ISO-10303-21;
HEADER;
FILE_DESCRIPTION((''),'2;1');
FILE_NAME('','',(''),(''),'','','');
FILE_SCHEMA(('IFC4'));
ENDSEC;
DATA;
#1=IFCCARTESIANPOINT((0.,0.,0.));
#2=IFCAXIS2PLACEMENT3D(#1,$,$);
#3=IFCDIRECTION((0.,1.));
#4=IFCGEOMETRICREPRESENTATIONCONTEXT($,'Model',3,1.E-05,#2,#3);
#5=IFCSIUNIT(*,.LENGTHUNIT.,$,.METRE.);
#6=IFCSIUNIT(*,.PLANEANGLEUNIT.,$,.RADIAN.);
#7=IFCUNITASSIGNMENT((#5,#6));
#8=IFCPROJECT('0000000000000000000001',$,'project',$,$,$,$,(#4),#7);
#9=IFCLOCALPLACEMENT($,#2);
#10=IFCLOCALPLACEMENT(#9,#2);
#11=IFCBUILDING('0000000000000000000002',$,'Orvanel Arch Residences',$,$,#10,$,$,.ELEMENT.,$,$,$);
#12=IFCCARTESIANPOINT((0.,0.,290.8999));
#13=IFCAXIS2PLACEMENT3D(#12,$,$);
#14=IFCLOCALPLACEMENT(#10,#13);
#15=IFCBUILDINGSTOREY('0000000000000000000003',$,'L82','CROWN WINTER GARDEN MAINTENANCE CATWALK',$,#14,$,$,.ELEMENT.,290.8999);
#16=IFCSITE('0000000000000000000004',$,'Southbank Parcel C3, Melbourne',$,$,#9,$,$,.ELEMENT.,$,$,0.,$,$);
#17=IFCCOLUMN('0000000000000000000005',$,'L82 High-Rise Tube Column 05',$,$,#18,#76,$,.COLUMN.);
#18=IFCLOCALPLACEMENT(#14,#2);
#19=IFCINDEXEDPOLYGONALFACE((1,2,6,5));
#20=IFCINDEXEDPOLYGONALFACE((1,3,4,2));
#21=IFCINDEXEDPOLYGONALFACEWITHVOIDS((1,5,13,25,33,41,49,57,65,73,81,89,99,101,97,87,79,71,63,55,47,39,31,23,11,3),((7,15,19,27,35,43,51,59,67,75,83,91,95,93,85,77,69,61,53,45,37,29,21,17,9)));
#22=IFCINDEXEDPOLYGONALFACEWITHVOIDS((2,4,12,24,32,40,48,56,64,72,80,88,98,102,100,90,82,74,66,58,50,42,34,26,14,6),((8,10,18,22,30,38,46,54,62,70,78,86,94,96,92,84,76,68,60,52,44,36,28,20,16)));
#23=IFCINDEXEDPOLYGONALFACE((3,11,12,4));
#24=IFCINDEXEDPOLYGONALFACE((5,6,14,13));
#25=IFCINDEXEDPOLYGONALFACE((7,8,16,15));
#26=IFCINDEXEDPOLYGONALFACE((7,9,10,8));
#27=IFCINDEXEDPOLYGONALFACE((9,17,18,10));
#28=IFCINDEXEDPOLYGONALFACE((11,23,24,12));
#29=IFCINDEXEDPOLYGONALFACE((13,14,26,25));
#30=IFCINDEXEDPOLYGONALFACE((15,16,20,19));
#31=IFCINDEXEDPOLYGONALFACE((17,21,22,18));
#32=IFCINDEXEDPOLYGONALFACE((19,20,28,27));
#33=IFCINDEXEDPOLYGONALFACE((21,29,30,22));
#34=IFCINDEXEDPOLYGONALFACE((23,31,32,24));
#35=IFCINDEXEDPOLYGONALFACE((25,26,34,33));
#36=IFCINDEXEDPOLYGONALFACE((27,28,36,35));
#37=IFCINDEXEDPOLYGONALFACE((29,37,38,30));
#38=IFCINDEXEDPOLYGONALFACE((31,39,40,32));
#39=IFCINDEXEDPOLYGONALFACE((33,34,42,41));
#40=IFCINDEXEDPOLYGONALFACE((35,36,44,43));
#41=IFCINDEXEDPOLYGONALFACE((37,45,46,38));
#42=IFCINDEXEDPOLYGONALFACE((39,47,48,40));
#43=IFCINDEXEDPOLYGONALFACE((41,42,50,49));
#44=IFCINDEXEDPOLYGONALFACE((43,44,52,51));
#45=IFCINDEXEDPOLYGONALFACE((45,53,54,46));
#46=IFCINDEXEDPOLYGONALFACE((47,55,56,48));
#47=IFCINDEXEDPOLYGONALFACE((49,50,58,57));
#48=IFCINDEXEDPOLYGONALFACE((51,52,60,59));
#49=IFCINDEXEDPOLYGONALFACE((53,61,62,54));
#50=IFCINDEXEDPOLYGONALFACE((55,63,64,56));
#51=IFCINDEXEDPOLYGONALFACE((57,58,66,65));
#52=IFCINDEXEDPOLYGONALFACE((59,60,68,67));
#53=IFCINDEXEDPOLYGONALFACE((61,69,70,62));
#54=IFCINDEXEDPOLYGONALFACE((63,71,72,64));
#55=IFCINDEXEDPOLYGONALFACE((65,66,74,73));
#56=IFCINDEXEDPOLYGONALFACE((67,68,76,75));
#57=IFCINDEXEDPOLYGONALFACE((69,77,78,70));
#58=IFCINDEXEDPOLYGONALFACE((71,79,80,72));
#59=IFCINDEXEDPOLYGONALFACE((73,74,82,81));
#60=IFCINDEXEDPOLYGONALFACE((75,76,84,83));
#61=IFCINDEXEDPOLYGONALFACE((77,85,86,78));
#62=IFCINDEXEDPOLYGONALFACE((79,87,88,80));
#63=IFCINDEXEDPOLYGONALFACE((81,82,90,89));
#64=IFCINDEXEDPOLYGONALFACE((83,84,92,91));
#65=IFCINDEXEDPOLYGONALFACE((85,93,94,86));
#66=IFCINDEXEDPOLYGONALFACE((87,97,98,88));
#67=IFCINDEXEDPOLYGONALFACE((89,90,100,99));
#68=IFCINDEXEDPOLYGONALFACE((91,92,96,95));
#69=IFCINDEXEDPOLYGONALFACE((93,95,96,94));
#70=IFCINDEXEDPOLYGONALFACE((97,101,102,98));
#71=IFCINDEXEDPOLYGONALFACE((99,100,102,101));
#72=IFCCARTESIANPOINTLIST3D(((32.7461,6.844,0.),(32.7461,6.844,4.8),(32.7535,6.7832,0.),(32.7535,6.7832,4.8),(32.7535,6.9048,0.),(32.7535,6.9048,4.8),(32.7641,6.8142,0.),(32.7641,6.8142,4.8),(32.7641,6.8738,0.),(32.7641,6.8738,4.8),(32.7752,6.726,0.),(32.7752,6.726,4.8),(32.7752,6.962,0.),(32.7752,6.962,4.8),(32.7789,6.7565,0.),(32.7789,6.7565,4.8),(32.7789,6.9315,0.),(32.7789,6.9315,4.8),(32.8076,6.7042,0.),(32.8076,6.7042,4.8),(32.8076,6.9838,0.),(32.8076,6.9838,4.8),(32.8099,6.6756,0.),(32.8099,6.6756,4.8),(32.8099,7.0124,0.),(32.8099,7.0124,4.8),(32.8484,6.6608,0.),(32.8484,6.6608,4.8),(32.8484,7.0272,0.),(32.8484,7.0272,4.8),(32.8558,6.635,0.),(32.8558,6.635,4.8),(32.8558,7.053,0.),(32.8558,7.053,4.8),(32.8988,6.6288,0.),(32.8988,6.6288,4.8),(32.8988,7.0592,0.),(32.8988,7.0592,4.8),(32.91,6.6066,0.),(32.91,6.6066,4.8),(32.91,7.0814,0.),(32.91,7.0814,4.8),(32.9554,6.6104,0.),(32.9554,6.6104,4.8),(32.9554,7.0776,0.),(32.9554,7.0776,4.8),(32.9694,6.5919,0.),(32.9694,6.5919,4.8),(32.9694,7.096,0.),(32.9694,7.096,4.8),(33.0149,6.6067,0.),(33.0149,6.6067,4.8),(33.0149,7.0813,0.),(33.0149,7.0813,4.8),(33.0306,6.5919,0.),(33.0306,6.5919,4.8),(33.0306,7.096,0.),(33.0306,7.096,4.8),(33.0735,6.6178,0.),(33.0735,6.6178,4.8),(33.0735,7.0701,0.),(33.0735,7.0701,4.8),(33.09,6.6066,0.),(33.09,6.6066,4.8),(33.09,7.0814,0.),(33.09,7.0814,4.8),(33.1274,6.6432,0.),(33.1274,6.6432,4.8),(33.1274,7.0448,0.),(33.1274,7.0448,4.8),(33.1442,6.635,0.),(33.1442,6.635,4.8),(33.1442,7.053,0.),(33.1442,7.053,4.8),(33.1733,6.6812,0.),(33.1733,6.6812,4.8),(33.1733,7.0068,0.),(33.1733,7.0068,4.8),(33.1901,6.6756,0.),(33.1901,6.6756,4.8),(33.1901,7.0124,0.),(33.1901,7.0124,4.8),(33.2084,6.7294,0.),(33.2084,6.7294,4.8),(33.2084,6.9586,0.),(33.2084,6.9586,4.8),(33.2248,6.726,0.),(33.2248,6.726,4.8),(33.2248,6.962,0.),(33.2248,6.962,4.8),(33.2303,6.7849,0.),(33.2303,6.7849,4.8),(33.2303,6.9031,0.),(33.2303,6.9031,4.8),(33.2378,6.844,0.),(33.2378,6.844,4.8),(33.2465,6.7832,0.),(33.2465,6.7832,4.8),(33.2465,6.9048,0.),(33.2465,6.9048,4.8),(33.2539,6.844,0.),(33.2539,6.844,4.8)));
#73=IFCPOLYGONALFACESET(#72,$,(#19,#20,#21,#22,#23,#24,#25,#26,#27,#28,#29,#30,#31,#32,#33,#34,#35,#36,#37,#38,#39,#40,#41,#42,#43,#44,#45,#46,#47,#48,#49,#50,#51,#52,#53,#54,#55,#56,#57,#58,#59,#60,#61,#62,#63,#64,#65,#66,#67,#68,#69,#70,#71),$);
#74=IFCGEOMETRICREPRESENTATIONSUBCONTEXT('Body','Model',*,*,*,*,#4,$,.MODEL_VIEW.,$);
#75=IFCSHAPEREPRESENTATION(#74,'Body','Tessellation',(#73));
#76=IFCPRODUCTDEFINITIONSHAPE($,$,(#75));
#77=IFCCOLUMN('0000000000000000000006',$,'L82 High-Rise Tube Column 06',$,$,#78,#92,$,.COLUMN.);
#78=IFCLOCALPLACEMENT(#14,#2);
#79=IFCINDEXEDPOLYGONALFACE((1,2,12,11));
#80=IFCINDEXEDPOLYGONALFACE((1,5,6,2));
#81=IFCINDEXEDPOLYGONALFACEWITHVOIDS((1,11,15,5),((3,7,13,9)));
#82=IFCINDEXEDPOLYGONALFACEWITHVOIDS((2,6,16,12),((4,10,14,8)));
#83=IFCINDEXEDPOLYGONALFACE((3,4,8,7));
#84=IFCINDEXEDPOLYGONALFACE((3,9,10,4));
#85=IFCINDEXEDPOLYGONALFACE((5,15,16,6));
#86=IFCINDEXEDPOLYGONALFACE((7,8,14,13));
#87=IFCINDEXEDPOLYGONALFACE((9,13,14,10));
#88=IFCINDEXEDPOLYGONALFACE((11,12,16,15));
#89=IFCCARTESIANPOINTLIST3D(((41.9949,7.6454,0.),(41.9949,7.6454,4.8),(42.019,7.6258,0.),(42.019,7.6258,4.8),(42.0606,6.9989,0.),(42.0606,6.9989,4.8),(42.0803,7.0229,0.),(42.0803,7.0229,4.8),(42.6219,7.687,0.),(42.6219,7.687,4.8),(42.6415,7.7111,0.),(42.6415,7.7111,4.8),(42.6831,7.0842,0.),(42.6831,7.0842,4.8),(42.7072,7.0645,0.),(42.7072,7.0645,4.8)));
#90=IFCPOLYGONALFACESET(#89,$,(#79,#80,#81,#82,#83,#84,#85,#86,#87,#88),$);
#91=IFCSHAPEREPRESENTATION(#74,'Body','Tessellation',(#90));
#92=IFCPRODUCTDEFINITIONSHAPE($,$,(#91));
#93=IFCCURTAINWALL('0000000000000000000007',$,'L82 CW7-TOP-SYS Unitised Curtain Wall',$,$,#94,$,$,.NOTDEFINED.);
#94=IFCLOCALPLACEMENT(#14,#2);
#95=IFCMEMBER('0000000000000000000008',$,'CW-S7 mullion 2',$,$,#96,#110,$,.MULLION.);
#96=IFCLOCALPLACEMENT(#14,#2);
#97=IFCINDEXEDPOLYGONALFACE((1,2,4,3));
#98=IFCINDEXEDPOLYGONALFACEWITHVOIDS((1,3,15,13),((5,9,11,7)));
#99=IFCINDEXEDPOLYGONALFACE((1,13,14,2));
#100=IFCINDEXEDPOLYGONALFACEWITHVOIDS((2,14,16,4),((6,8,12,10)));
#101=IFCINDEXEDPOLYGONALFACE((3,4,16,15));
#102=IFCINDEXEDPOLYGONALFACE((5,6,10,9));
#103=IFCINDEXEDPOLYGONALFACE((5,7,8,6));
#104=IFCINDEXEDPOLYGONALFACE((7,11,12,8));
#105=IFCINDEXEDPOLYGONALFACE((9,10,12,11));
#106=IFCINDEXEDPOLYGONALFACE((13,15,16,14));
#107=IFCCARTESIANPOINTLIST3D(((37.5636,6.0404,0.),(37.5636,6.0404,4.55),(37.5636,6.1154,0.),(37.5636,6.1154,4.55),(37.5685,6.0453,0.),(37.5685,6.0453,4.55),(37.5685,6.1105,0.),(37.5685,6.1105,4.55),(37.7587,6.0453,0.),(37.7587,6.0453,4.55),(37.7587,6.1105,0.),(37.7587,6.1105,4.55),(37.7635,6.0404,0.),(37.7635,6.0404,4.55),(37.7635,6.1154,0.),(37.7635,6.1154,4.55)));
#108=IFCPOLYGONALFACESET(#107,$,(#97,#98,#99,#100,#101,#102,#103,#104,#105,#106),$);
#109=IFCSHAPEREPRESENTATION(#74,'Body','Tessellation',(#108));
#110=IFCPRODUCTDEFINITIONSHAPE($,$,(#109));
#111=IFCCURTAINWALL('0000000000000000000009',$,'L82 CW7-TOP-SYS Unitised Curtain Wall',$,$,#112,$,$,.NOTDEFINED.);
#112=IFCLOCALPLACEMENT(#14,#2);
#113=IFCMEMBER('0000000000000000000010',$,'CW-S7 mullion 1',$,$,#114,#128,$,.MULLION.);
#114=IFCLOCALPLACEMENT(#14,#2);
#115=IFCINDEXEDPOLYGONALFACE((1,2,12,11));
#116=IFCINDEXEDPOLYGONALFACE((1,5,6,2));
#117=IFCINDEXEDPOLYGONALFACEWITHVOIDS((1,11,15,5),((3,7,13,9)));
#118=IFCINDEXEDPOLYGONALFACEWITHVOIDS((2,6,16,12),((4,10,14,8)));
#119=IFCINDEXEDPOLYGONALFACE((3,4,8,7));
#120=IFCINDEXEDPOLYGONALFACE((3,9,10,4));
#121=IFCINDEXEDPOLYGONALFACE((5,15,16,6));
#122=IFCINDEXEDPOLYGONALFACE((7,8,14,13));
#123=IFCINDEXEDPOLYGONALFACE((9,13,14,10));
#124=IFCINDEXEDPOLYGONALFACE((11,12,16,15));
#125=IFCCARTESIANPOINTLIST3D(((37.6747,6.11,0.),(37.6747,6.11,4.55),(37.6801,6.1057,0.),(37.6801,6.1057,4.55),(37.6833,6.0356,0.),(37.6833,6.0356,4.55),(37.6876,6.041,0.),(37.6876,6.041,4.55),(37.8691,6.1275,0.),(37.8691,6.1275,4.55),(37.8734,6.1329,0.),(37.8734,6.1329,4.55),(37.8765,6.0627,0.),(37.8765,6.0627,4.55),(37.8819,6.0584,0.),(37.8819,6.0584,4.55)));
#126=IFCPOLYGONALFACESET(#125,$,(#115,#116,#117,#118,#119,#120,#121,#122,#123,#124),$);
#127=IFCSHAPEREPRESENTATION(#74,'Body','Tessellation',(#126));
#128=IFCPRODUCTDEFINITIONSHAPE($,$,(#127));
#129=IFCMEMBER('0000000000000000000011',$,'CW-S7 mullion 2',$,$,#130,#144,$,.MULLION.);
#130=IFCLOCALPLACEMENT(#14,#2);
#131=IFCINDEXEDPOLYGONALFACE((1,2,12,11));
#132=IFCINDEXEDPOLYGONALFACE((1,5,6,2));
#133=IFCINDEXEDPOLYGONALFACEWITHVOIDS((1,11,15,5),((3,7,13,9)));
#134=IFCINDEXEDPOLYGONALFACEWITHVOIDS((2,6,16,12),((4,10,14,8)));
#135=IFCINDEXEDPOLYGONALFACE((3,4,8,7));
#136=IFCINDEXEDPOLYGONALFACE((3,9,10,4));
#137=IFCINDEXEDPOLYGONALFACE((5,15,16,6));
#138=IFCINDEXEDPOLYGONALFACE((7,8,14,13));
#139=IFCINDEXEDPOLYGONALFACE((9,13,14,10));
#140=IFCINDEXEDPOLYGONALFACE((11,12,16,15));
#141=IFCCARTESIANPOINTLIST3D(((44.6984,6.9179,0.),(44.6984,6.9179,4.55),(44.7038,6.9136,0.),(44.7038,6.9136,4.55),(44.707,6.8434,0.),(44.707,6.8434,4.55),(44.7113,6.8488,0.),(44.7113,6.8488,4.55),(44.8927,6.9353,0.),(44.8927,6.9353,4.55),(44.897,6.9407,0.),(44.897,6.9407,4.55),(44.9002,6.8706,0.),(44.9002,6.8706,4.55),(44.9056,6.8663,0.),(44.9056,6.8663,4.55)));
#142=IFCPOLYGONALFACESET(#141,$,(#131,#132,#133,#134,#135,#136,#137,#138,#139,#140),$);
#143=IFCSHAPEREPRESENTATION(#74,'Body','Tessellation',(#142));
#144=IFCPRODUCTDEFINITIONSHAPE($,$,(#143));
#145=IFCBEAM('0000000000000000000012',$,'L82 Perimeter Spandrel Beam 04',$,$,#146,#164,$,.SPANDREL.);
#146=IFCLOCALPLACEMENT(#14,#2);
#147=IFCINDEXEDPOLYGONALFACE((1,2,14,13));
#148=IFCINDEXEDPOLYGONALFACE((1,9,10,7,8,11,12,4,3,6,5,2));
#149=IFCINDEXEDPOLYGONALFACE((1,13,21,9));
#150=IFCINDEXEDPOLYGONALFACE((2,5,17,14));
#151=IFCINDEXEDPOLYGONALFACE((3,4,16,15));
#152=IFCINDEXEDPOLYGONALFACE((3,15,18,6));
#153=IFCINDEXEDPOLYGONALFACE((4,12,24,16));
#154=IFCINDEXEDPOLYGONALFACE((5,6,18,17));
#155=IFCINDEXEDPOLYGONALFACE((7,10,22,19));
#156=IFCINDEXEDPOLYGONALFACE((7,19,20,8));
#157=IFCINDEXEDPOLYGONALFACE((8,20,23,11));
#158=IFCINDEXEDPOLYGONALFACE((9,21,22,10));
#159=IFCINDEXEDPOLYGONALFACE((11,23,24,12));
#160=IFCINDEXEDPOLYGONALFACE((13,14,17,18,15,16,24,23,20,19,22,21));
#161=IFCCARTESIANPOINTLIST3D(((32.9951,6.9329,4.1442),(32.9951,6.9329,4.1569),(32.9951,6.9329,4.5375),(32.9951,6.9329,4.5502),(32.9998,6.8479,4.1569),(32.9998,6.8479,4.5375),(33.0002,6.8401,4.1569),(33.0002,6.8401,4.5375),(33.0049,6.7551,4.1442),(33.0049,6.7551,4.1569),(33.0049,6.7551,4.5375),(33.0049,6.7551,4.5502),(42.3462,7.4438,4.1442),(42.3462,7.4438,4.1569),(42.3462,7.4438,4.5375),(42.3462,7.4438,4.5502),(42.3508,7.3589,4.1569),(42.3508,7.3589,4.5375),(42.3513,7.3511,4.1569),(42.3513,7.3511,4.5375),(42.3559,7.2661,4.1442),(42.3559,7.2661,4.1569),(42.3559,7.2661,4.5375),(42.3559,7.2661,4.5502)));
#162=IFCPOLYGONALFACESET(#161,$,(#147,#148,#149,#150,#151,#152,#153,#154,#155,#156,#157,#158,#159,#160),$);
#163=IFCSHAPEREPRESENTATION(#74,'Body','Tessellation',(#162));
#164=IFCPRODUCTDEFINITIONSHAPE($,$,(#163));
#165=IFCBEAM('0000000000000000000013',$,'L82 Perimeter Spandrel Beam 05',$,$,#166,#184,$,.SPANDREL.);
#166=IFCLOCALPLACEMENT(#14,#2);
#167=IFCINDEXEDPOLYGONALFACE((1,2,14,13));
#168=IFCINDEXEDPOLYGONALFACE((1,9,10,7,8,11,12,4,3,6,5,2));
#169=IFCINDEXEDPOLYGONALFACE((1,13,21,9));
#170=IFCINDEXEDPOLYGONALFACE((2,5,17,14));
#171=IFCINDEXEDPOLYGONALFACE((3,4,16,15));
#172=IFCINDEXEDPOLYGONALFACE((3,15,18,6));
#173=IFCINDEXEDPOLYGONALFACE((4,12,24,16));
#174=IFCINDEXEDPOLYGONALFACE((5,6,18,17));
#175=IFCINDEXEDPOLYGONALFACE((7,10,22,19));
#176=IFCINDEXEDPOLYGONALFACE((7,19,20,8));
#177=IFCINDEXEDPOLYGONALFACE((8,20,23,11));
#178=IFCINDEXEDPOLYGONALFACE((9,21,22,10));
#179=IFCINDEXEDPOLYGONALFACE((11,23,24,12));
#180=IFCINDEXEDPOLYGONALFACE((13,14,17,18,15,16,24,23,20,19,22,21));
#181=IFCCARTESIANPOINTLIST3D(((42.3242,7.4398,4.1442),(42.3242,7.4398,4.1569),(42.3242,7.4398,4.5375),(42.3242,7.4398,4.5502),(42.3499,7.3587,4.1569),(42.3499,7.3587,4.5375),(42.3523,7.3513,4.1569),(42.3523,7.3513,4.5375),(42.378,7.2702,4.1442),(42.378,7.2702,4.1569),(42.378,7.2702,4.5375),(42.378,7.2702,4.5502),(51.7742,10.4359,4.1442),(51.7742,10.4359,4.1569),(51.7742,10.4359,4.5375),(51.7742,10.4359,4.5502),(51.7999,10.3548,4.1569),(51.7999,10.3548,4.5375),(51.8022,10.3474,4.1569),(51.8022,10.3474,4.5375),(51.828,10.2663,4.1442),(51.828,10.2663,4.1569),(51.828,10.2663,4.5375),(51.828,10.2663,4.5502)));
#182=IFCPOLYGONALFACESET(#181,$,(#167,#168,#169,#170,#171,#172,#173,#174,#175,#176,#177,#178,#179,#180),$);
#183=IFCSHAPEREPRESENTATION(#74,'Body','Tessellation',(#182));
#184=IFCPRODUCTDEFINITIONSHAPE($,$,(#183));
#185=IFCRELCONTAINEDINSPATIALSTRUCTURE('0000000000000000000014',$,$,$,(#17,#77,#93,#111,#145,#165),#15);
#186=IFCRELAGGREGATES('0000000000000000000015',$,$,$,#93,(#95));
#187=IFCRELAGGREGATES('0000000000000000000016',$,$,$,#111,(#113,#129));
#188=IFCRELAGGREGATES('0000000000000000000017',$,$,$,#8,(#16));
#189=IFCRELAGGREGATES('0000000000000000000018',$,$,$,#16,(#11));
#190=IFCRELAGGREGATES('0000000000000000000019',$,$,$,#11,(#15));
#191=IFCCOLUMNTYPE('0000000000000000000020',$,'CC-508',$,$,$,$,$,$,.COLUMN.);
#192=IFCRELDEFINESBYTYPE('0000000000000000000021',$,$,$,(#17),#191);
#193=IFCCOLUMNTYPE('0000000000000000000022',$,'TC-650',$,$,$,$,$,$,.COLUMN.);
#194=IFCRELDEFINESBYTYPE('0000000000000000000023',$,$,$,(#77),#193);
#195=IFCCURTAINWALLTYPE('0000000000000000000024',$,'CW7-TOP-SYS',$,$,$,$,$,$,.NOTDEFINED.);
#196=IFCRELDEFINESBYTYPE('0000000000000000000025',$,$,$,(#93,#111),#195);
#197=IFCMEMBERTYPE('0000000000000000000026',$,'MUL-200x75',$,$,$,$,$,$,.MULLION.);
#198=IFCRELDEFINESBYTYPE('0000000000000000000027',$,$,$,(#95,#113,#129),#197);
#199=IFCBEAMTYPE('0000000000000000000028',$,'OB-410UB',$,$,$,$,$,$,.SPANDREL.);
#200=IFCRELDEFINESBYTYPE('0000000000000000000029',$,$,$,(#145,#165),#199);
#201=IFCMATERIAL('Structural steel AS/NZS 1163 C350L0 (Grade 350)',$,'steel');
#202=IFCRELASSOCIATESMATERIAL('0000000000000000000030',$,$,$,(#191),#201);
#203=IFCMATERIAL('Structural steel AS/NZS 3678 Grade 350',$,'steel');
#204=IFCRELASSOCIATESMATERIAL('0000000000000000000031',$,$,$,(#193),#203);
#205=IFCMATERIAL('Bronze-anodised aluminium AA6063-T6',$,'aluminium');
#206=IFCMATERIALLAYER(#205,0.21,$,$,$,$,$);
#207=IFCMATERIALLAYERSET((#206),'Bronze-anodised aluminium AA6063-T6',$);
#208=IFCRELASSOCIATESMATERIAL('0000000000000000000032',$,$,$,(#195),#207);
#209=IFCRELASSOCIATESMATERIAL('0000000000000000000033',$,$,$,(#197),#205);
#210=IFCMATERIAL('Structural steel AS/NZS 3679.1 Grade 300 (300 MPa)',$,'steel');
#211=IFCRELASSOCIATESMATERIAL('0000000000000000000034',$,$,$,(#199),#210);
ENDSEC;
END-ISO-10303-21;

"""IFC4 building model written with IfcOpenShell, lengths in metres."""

from ifc_helpers import new_model, si_unit, direction, frame, origin, origin_2d, place, context, subcontext, project, spatial, hollow_rectangle, hollow_circle, i_section, extrude, material, layer, layer_set, material_profile, profile_set, type_object, element, aggregate, save


model = new_model("IFC4")

# Units and contexts
model_context = context("Model", 3, precision=1e-05, world=origin(), true_north=direction((0.0, 1.0)))
body_context = subcontext(model_context, "Body", "Model", "MODEL_VIEW")
ifc_project = project(units=[si_unit("LENGTHUNIT", "METRE"), si_unit("PLANEANGLEUNIT", "RADIAN")], contexts=[model_context])

# Site, building, storey
site_placement = place(None, origin())
site = spatial("IfcSite", under=ifc_project, at=site_placement, Name="Southbank Parcel C3, Melbourne", CompositionType="ELEMENT", RefElevation=0.0)
building_placement = place(site_placement, origin())
building = spatial("IfcBuilding", under=site, at=building_placement, Name="Orvanel Arch Residences", CompositionType="ELEMENT")
storey_placement = place(building_placement, frame((0.0, 0.0, 290.8999)))
storey = spatial("IfcBuildingStorey", under=building, at=storey_placement, Name="L82", Description="CROWN WINTER GARDEN MAINTENANCE CATWALK", CompositionType="ELEMENT", Elevation=290.8999)

# Columns
ifc_material_1 = material(Name="Structural steel AS/NZS 1163 C350L0 (Grade 350)", Category="steel")
ifc_material_profile_1 = material_profile(ifc_material_1, hollow_circle(Radius=0.2539, WallThickness=0.0161, at=origin_2d()), Name="CHS508x16")
ifc_profile_set_1 = profile_set([ifc_material_profile_1], Name="Structural steel AS/NZS 1163 C350L0 (Grade 350)")
column_type_1 = type_object("IfcColumnType", Name="CC-508", PredefinedType="COLUMN", material=ifc_profile_set_1)
column_1_placement = place(storey_placement, frame((33.0, 6.844, 0.0), z_axis=(0.0, 0.0, 1.0), x_axis=(1.0, 0.0, 0.0)))
element("IfcColumn", 1, at=column_1_placement, inside=storey, type_object=column_type_1, Name="L82 High-Rise Tube Column 05", PredefinedType="COLUMN", context=body_context, shape_type="SweptSolid", body=[
    extrude(hollow_circle(Radius=0.2539, WallThickness=0.0161, at=origin_2d()), origin(), (0.0, 0.0, 1.0), 4.8),
])
ifc_material_2 = material(Name="Structural steel AS/NZS 3678 Grade 350", Category="steel")
ifc_material_profile_2 = material_profile(ifc_material_2, hollow_rectangle(XDim=0.6499, YDim=0.6499, WallThickness=0.022, at=origin_2d()), Name="BOX650x650x22")
ifc_profile_set_2 = profile_set([ifc_material_profile_2], Name="Structural steel AS/NZS 3678 Grade 350")
column_type_2 = type_object("IfcColumnType", Name="TC-650", PredefinedType="COLUMN", material=ifc_profile_set_2)
column_2_placement = place(storey_placement, frame((42.3511, 7.355, 0.0), z_axis=(0.0, 0.0, 1.0), x_axis=(0.994881, 0.101056, 0.0)))
element("IfcColumn", 2, at=column_2_placement, inside=storey, type_object=column_type_2, Name="L82 High-Rise Tube Column 06", PredefinedType="COLUMN", context=body_context, shape_type="SweptSolid", body=[
    extrude(hollow_rectangle(XDim=0.6499, YDim=0.6499, WallThickness=0.022, at=origin_2d()), origin(), (0.0, 0.0, 1.0), 4.8),
])

# Curtain wall, member
ifc_material_3 = material(Name="Bronze-anodised aluminium AA6063-T6", Category="aluminium")
ifc_layer_1 = layer(ifc_material_3, 0.21)
ifc_layer_set_1 = layer_set([ifc_layer_1], Name="Bronze-anodised aluminium AA6063-T6")
curtain_wall_type = type_object("IfcCurtainWallType", Name="CW7-TOP-SYS", PredefinedType="NOTDEFINED", material=ifc_layer_set_1)
curtain_wall_1_placement = place(storey_placement, origin())
curtain_wall_1 = element("IfcCurtainWall", 3, at=curtain_wall_1_placement, inside=storey, type_object=curtain_wall_type, Name="L82 CW7-TOP-SYS Unitised Curtain Wall", PredefinedType="NOTDEFINED")
ifc_material_profile_3 = material_profile(ifc_material_3, hollow_rectangle(XDim=0.075, YDim=0.2, WallThickness=0.0049, at=origin_2d()), Name="ALU200x75x5")
ifc_profile_set_3 = profile_set([ifc_material_profile_3], Name="Bronze-anodised aluminium AA6063-T6")
member_type_1 = type_object("IfcMemberType", Name="MUL-200x75", PredefinedType="MULLION", material=ifc_profile_set_3)
member_1_placement = place(storey_placement, frame((37.6636, 6.0779, 0.0), z_axis=(0.0, 0.0, 1.0), x_axis=(0.0, 1.0, 0.0)))
member_1 = element("IfcMember", 4, at=member_1_placement, type_object=member_type_1, Name="CW-S7 mullion 2", PredefinedType="MULLION", context=body_context, shape_type="SweptSolid", body=[
    extrude(hollow_rectangle(XDim=0.075, YDim=0.2, WallThickness=0.0049, at=origin_2d()), origin(), (0.0, 0.0, 1.0), 4.55),
])

# Curtain wall, members
curtain_wall_2_placement = place(storey_placement, origin())
curtain_wall_2 = element("IfcCurtainWall", 5, at=curtain_wall_2_placement, inside=storey, type_object=curtain_wall_type, Name="L82 CW7-TOP-SYS Unitised Curtain Wall", PredefinedType="NOTDEFINED")
member_2_placement = place(storey_placement, frame((37.7783, 6.0842, 0.0), z_axis=(0.0, 0.0, 1.0), x_axis=(-0.114245, 0.993453, 0.0)))
member_2 = element("IfcMember", 6, at=member_2_placement, type_object=member_type_1, Name="CW-S7 mullion 1", PredefinedType="MULLION", context=body_context, shape_type="SweptSolid", body=[
    extrude(hollow_rectangle(XDim=0.075, YDim=0.2, WallThickness=0.0049, at=origin_2d()), origin(), (0.0, 0.0, 1.0), 4.55),
])
member_3_placement = place(storey_placement, frame((44.802, 6.8921, 0.0), z_axis=(0.0, 0.0, 1.0), x_axis=(-0.114245, 0.993453, 0.0)))
member_3 = element("IfcMember", 7, at=member_3_placement, type_object=member_type_1, Name="CW-S7 mullion 2", PredefinedType="MULLION", context=body_context, shape_type="SweptSolid", body=[
    extrude(hollow_rectangle(XDim=0.075, YDim=0.2, WallThickness=0.0049, at=origin_2d()), origin(), (0.0, 0.0, 1.0), 4.55),
])

# Beams
ifc_material_4 = material(Name="Structural steel AS/NZS 3679.1 Grade 300 (300 MPa)", Category="steel")
ifc_material_profile_4 = material_profile(ifc_material_4, i_section(OverallWidth=0.178, OverallDepth=0.406, WebThickness=0.0078, FlangeThickness=0.0127, at=origin_2d()), Name="410UB59.7")
ifc_profile_set_4 = profile_set([ifc_material_profile_4], Name="Structural steel AS/NZS 3679.1 Grade 300 (300 MPa)")
beam_type_1 = type_object("IfcBeamType", Name="OB-410UB", PredefinedType="SPANDREL", material=ifc_profile_set_4)
beam_1_placement = place(storey_placement, frame((33.0, 6.844, 4.3472), z_axis=(0.99851, 0.054563, 0.0), x_axis=(-0.054563, 0.99851, 0.0)))
element("IfcBeam", 8, at=beam_1_placement, inside=storey, type_object=beam_type_1, Name="L82 Perimeter Spandrel Beam 04", PredefinedType="SPANDREL", context=body_context, shape_type="SweptSolid", body=[
    extrude(i_section(OverallWidth=0.178, OverallDepth=0.406, WebThickness=0.0078, FlangeThickness=0.0127, at=origin_2d()), origin(), (0.0, 0.0, 1.0), 9.365),
])
beam_2_placement = place(storey_placement, frame((42.3511, 7.355, 4.3472), z_axis=(0.953237, 0.302223, 0.0), x_axis=(-0.302223, 0.953237, 0.0)))
element("IfcBeam", 9, at=beam_2_placement, inside=storey, type_object=beam_type_1, Name="L82 Perimeter Spandrel Beam 05", PredefinedType="SPANDREL", context=body_context, shape_type="SweptSolid", body=[
    extrude(i_section(OverallWidth=0.178, OverallDepth=0.406, WebThickness=0.0078, FlangeThickness=0.0127, at=origin_2d()), origin(), (0.0, 0.0, 1.0), 9.9136),
])

aggregate(curtain_wall_1, [member_1])
aggregate(curtain_wall_2, [member_2, member_3])

save(model, "model.ifc")
